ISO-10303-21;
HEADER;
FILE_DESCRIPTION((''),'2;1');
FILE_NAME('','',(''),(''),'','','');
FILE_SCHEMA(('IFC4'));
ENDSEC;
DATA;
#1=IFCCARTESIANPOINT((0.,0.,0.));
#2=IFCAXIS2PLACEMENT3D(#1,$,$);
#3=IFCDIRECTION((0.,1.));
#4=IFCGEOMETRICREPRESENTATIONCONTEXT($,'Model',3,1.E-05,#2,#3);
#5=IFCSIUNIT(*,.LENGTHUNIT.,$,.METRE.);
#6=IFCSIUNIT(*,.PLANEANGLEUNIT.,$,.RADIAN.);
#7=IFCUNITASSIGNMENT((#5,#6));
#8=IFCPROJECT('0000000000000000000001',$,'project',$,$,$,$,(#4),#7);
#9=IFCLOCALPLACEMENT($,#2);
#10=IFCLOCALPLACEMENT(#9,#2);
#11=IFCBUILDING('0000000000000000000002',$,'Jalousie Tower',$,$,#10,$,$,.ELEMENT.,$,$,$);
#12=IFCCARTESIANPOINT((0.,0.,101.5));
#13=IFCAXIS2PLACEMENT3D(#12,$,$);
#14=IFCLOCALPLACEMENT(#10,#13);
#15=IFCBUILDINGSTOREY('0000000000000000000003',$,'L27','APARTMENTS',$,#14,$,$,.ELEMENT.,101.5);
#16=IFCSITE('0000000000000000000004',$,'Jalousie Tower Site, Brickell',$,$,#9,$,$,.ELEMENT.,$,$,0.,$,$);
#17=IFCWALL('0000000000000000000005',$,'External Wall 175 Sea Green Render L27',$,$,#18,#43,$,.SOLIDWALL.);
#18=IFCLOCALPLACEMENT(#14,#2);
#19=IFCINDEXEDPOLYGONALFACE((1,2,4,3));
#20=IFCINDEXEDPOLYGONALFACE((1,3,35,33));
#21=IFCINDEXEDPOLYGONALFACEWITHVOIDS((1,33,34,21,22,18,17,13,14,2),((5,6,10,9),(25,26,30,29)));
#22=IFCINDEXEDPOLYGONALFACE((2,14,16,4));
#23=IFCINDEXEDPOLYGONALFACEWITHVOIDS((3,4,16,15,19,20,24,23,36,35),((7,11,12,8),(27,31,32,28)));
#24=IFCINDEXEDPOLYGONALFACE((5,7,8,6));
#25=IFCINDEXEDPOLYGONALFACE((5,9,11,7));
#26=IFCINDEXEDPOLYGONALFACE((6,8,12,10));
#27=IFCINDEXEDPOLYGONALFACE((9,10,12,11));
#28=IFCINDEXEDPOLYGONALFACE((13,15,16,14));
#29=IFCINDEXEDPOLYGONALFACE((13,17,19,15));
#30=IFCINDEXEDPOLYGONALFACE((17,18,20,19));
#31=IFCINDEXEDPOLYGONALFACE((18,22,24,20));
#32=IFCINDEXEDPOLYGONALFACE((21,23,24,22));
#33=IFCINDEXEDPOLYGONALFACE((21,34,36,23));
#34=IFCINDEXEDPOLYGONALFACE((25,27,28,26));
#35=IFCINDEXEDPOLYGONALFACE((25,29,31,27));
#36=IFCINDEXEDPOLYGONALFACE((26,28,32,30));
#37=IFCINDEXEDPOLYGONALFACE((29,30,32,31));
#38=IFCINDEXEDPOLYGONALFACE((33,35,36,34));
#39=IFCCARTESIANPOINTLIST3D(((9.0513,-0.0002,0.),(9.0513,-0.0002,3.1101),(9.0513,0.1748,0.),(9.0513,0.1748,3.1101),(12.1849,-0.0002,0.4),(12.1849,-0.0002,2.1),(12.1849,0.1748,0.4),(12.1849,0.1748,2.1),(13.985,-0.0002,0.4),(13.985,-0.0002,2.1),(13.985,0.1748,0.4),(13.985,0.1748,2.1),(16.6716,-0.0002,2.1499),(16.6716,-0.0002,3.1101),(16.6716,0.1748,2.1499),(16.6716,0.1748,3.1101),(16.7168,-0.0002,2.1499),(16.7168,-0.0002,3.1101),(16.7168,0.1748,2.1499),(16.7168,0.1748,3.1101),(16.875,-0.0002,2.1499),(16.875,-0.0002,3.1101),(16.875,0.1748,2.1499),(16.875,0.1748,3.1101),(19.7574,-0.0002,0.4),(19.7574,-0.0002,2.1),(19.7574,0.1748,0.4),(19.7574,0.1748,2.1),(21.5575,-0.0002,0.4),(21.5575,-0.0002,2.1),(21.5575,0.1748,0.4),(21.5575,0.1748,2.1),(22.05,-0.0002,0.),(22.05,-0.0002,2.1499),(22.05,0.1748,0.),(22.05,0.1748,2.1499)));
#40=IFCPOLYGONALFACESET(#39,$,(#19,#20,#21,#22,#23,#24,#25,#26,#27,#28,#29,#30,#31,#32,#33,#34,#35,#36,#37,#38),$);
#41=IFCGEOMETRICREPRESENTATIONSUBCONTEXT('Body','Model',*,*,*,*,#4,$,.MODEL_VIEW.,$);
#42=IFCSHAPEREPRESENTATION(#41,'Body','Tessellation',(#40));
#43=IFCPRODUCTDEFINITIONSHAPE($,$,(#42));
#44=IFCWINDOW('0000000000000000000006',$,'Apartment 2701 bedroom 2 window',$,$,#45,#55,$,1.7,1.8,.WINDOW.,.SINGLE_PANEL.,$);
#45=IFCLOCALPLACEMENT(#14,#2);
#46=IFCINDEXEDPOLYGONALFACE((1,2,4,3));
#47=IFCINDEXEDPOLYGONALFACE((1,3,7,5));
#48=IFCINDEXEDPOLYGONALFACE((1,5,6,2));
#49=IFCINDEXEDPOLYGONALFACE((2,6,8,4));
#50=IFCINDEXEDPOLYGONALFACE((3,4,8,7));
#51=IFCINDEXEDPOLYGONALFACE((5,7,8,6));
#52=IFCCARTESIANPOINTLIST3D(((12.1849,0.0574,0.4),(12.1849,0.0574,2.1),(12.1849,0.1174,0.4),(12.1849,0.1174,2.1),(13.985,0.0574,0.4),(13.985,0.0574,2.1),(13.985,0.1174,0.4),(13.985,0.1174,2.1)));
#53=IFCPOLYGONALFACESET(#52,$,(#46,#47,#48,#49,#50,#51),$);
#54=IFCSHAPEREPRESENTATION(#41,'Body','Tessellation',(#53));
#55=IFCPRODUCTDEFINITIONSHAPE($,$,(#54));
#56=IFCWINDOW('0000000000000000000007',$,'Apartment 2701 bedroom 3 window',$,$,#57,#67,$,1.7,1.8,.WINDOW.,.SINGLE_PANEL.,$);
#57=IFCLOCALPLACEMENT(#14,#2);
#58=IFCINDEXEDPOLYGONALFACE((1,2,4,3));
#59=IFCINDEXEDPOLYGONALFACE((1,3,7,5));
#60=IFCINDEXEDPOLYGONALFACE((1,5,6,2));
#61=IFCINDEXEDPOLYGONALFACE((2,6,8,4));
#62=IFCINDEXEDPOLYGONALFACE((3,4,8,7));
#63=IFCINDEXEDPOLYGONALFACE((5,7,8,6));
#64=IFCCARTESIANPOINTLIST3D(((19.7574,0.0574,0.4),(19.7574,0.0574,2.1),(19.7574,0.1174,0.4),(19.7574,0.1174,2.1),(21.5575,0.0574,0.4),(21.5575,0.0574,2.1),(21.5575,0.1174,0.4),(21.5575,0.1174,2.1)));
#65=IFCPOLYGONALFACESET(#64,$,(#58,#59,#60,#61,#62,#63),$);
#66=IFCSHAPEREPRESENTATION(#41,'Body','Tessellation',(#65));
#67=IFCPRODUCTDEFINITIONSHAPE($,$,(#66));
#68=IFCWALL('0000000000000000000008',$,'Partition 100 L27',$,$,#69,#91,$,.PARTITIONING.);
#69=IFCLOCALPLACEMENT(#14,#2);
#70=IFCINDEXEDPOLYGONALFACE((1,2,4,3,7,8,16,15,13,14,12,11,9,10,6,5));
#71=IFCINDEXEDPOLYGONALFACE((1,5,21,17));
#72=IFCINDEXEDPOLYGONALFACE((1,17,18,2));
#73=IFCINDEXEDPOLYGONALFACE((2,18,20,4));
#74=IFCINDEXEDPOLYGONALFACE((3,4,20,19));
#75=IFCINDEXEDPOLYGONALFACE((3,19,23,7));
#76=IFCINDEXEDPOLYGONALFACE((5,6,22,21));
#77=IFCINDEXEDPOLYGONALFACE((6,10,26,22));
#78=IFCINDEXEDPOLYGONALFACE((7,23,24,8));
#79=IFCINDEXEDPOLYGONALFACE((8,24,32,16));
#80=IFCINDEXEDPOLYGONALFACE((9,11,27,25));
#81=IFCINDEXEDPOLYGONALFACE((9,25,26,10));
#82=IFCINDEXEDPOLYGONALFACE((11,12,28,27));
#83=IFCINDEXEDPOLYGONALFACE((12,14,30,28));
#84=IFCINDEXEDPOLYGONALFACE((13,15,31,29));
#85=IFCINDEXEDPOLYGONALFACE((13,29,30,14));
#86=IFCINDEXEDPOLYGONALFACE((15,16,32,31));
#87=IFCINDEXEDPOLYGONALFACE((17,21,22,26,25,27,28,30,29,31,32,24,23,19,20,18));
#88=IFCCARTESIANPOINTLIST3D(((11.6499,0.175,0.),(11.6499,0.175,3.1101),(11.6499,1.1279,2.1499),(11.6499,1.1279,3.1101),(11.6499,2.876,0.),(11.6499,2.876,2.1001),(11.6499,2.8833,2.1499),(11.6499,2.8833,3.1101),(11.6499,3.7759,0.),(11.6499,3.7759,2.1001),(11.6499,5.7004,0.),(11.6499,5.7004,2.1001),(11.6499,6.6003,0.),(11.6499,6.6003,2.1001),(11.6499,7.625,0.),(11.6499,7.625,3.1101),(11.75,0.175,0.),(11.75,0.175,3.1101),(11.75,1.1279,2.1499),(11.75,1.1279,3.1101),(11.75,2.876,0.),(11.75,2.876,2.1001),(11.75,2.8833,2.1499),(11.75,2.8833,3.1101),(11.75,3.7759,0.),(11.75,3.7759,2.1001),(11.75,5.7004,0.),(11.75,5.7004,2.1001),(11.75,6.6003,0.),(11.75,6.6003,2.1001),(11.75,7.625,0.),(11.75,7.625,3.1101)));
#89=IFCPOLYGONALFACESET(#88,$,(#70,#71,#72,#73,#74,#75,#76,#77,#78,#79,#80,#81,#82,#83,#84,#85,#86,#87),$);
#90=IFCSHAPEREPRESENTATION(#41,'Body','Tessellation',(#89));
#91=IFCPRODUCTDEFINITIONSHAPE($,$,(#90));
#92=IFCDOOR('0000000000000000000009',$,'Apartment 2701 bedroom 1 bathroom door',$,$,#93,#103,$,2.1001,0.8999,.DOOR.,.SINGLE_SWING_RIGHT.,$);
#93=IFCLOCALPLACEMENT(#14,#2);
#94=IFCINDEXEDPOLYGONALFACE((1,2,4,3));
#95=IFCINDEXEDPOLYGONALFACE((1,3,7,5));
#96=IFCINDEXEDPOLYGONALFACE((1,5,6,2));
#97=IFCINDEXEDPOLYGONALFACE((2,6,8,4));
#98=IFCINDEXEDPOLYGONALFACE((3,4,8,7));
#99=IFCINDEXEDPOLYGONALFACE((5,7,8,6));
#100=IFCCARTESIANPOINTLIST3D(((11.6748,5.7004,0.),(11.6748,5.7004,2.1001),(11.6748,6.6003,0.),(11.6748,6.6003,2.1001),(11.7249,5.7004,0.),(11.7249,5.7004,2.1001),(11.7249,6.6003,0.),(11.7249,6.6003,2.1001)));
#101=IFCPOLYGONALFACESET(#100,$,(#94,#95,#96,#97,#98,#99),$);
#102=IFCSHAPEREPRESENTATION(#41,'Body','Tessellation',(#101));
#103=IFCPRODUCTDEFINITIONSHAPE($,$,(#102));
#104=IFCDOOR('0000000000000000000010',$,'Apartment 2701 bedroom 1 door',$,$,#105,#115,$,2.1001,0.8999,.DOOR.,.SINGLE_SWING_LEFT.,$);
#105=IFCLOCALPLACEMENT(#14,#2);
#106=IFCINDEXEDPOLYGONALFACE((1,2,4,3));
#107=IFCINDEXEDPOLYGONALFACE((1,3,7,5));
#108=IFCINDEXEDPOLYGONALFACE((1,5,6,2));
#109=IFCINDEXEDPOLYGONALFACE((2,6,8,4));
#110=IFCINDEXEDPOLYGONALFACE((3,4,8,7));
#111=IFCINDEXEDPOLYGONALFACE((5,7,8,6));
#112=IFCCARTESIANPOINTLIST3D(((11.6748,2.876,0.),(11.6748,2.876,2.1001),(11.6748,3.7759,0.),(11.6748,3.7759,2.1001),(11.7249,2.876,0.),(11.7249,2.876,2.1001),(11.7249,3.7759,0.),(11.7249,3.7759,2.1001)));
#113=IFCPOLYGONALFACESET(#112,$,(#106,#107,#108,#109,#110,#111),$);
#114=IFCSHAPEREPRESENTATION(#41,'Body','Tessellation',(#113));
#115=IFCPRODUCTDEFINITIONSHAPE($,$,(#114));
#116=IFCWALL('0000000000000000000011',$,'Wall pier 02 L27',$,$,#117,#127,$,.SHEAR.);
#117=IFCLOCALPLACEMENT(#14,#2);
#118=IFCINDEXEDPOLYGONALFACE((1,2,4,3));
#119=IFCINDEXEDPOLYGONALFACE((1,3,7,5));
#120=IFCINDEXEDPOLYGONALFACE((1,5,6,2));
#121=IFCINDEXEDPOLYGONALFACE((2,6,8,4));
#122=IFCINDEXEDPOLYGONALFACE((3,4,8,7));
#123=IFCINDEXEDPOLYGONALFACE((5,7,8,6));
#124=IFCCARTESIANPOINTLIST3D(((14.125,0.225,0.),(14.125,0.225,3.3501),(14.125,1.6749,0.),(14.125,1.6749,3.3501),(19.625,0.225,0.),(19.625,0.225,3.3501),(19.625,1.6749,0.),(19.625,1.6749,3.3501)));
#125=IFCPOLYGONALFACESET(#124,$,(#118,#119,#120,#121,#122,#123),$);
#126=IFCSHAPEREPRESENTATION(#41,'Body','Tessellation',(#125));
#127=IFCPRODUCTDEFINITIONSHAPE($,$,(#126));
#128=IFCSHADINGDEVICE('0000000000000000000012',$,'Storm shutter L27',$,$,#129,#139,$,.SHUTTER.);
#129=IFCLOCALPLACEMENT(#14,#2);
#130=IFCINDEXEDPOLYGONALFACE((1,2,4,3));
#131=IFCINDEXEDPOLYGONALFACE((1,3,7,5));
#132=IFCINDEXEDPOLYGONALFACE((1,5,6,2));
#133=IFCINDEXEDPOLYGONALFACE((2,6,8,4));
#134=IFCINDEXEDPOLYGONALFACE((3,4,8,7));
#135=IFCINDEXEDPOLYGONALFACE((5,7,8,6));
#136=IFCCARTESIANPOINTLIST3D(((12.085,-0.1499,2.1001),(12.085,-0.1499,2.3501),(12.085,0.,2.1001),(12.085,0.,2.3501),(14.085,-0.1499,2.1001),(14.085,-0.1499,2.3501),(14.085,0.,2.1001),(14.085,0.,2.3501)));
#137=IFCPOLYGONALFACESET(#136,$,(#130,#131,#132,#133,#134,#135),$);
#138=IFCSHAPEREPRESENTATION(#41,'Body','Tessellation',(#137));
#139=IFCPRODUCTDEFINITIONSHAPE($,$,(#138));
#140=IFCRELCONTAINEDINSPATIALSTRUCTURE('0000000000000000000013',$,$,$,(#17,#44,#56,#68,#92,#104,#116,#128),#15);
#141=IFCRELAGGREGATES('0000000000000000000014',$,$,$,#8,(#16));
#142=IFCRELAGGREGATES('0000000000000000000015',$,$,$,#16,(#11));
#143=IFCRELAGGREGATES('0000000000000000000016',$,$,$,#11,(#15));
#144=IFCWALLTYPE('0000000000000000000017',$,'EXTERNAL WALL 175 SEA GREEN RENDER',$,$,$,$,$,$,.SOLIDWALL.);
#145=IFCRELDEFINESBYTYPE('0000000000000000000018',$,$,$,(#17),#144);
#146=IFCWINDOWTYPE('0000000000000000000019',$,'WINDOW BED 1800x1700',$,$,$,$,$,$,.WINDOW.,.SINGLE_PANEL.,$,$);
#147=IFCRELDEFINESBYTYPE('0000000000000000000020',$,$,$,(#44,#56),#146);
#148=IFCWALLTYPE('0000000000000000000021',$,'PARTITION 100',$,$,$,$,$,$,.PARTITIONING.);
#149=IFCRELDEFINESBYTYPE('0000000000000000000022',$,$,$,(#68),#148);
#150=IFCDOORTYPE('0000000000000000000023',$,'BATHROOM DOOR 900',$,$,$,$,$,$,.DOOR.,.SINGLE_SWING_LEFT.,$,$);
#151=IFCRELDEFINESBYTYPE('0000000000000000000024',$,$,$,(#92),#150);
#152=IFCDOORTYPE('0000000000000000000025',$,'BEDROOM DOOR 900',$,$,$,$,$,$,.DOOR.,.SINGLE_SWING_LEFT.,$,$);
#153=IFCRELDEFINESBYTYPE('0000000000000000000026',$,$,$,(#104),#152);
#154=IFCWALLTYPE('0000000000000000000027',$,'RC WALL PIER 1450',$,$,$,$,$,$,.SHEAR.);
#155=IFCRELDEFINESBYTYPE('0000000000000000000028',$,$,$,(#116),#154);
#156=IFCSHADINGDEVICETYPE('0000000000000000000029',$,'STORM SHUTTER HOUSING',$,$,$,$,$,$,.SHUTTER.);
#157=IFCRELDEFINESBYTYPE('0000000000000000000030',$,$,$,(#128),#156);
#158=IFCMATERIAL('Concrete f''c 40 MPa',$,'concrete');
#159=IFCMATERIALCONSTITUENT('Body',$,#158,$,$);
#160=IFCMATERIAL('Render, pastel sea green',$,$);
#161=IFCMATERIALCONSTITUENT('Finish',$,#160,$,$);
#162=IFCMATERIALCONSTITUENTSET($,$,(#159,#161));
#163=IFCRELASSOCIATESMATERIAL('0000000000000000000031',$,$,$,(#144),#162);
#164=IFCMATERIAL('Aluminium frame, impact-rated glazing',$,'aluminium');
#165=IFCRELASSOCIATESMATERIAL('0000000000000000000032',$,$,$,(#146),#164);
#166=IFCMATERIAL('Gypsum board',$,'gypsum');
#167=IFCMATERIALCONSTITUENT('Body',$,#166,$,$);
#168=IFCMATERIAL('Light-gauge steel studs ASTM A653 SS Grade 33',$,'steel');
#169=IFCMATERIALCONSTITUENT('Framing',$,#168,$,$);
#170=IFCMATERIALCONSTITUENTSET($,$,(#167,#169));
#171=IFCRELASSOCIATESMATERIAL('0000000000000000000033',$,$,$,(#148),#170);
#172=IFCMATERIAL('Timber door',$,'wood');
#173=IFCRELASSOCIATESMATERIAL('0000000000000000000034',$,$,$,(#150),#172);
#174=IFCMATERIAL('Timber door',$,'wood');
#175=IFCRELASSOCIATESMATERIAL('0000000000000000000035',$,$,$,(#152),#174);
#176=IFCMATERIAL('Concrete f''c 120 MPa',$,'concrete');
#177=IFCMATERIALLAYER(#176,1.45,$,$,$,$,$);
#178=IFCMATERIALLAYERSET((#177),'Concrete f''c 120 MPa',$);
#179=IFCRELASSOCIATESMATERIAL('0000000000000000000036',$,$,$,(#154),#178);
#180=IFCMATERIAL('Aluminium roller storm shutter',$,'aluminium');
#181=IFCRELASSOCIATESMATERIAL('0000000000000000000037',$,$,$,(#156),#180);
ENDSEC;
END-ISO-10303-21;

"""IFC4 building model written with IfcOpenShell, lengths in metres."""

from ifc_helpers import new_model, si_unit, direction, frame, frame_2d, origin, origin_2d, place, context, subcontext, project, spatial, polyline, rectangle, outline, extrude, material, layer, layer_set, constituent, constituent_set, type_object, element, fill, save


model = new_model("IFC4")

# Units and contexts
model_context = context("Model", 3, precision=1e-05, world=origin(), true_north=direction((0.0, 1.0)))
body_context = subcontext(model_context, "Body", "Model", "MODEL_VIEW")
ifc_project = project(units=[si_unit("LENGTHUNIT", "METRE"), si_unit("PLANEANGLEUNIT", "RADIAN")], contexts=[model_context])

# Site, building, storey
site_placement = place(None, origin())
site = spatial("IfcSite", under=ifc_project, at=site_placement, Name="Jalousie Tower Site, Brickell", CompositionType="ELEMENT", RefElevation=0.0)
building_placement = place(site_placement, origin())
building = spatial("IfcBuilding", under=site, at=building_placement, Name="Jalousie Tower", CompositionType="ELEMENT")
storey_placement = place(building_placement, frame((0.0, 0.0, 101.5)))
storey = spatial("IfcBuildingStorey", under=building, at=storey_placement, Name="L27", Description="APARTMENTS", CompositionType="ELEMENT", Elevation=101.5)

# Wall, openings, windows
ifc_material_1 = material(Name="Concrete f'c 40 MPa", Category="concrete")
ifc_constituent_1 = constituent(ifc_material_1, Name="Body")
ifc_material_2 = material(Name="Render, pastel sea green")
ifc_constituent_2 = constituent(ifc_material_2, Name="Finish")
ifc_constituent_set_1 = constituent_set(constituents=[ifc_constituent_1, ifc_constituent_2])
wall_type_1 = type_object("IfcWallType", Name="EXTERNAL WALL 175 SEA GREEN RENDER", PredefinedType="SOLIDWALL", material=ifc_constituent_set_1)
wall_1_placement = place(storey_placement, frame((9.0513, 0.0874, 0.0), z_axis=(0.0, 0.0, 1.0), x_axis=(1.0, 0.0, 0.0)))
wall_1 = element("IfcWall", 1, at=wall_1_placement, inside=storey, type_object=wall_type_1, Name="External Wall 175 Sea Green Render L27", PredefinedType="SOLIDWALL", context=body_context, shape_type="SweptSolid", body=[
    extrude(outline(polyline([(0.0, 0.0), (12.9988, 0.0), (12.9988, 2.1499), (7.8237, 2.1499), (7.8237, 3.1101), (7.6655, 3.1101), (7.6655, 2.1499), (7.6204, 2.1499), (7.6204, 3.1101), (0.0, 3.1101), (0.0, 0.0)])), frame((0.0, 0.0874, 0.0), z_axis=(0.0, -1.0, 0.0), x_axis=(1.0, 0.0, 0.0)), (0.0, 0.0, 1.0), 0.175),
])
opening_1_placement = place(wall_1_placement, frame((3.1338, 0.0, 0.3999)))
opening_1 = element("IfcOpeningElement", 2, at=opening_1_placement, cuts=wall_1, PredefinedType="OPENING", context=body_context, shape_type="SweptSolid", body=[
    extrude(rectangle(XDim=1.8, YDim=1.7, at=frame_2d((0.8999, 0.8501))), frame((0.0, 0.0974, 0.0), z_axis=(0.0, -1.0, 0.0), x_axis=(1.0, 0.0, 0.0)), (0.0, 0.0, 1.0), 0.1951),
])
opening_2_placement = place(wall_1_placement, frame((10.7063, 0.0, 0.3999)))
opening_2 = element("IfcOpeningElement", 3, at=opening_2_placement, cuts=wall_1, PredefinedType="OPENING", context=body_context, shape_type="SweptSolid", body=[
    extrude(rectangle(XDim=1.8, YDim=1.7, at=frame_2d((0.8999, 0.8501))), frame((0.0, 0.0974, 0.0), z_axis=(0.0, -1.0, 0.0), x_axis=(1.0, 0.0, 0.0)), (0.0, 0.0, 1.0), 0.1951),
])
ifc_material_3 = material(Name="Aluminium frame, impact-rated glazing", Category="aluminium")
window_type = type_object("IfcWindowType", Name="WINDOW BED 1800x1700", PartitioningType="SINGLE_PANEL", PredefinedType="WINDOW", material=ifc_material_3)
window_1_placement = place(opening_1_placement, origin())
window_1 = element("IfcWindow", 4, at=window_1_placement, inside=storey, type_object=window_type, Name="Apartment 2701 bedroom 2 window", OverallHeight=1.7, OverallWidth=1.8, PartitioningType="SINGLE_PANEL", PredefinedType="WINDOW", context=body_context, shape_type="SweptSolid", body=[
    extrude(rectangle(XDim=1.8, YDim=1.7, at=frame_2d((0.8999, 0.8501))), frame((0.0, 0.03, 0.0), z_axis=(0.0, -1.0, 0.0), x_axis=(1.0, 0.0, 0.0)), (0.0, 0.0, 1.0), 0.0601),
])
fill(opening_1, window_1)
window_2_placement = place(opening_2_placement, origin())
window_2 = element("IfcWindow", 5, at=window_2_placement, inside=storey, type_object=window_type, Name="Apartment 2701 bedroom 3 window", OverallHeight=1.7, OverallWidth=1.8, PartitioningType="SINGLE_PANEL", PredefinedType="WINDOW", context=body_context, shape_type="SweptSolid", body=[
    extrude(rectangle(XDim=1.8, YDim=1.7, at=frame_2d((0.8999, 0.8501))), frame((0.0, 0.03, 0.0), z_axis=(0.0, -1.0, 0.0), x_axis=(1.0, 0.0, 0.0)), (0.0, 0.0, 1.0), 0.0601),
])
fill(opening_2, window_2)

# Wall, openings, doors
ifc_material_4 = material(Name="Gypsum board", Category="gypsum")
ifc_constituent_3 = constituent(ifc_material_4, Name="Body")
ifc_material_5 = material(Name="Light-gauge steel studs ASTM A653 SS Grade 33", Category="steel")
ifc_constituent_4 = constituent(ifc_material_5, Name="Framing")
ifc_constituent_set_2 = constituent_set(constituents=[ifc_constituent_3, ifc_constituent_4])
wall_type_2 = type_object("IfcWallType", Name="PARTITION 100", PredefinedType="PARTITIONING", material=ifc_constituent_set_2)
wall_2_placement = place(storey_placement, frame((11.7, 0.175, 0.0), z_axis=(0.0, 0.0, 1.0), x_axis=(0.0, 1.0, 0.0)))
wall_2 = element("IfcWall", 6, at=wall_2_placement, inside=storey, type_object=wall_type_2, Name="Partition 100 L27", PredefinedType="PARTITIONING", context=body_context, shape_type="SweptSolid", body=[
    extrude(outline(polyline([(0.0, 0.0), (7.45, 0.0), (7.45, 3.1101), (2.7083, 3.1101), (2.7083, 2.1499), (0.9529, 2.1499), (0.9529, 3.1101), (0.0, 3.1101), (0.0, 0.0)])), frame((0.0, 0.05, 0.0), z_axis=(0.0, -1.0, 0.0), x_axis=(1.0, 0.0, 0.0)), (0.0, 0.0, 1.0), 0.1001),
])
opening_3_placement = place(wall_2_placement, frame((2.7009, 0.0, 0.0)))
opening_3 = element("IfcOpeningElement", 7, at=opening_3_placement, cuts=wall_2, PredefinedType="OPENING", context=body_context, shape_type="SweptSolid", body=[
    extrude(rectangle(XDim=0.8999, YDim=2.1001, at=frame_2d((0.45, 1.05))), frame((0.0, 0.0601, 0.0), z_axis=(0.0, -1.0, 0.0), x_axis=(1.0, 0.0, 0.0)), (0.0, 0.0, 1.0), 0.1201),
])
opening_4_placement = place(wall_2_placement, frame((5.5254, 0.0, 0.0)))
opening_4 = element("IfcOpeningElement", 8, at=opening_4_placement, cuts=wall_2, PredefinedType="OPENING", context=body_context, shape_type="SweptSolid", body=[
    extrude(rectangle(XDim=0.8999, YDim=2.1001, at=frame_2d((0.45, 1.05))), frame((0.0, 0.0601, 0.0), z_axis=(0.0, -1.0, 0.0), x_axis=(1.0, 0.0, 0.0)), (0.0, 0.0, 1.0), 0.1201),
])
ifc_material_6 = material(Name="Timber door", Category="wood")
door_type_1 = type_object("IfcDoorType", Name="BATHROOM DOOR 900", OperationType="SINGLE_SWING_LEFT", PredefinedType="DOOR", material=ifc_material_6)
door_1_placement = place(opening_4_placement, frame((0.8999, 0.0, 0.0), z_axis=(0.0, 0.0, 1.0), x_axis=(-1.0, 0.0, 0.0)))
door_1 = element("IfcDoor", 9, at=door_1_placement, inside=storey, type_object=door_type_1, Name="Apartment 2701 bedroom 1 bathroom door", OperationType="SINGLE_SWING_RIGHT", OverallHeight=2.1001, OverallWidth=0.8999, PredefinedType="DOOR", context=body_context, shape_type="SweptSolid", body=[
    extrude(rectangle(XDim=0.8999, YDim=2.1001, at=frame_2d((0.45, 1.05))), frame((0.0, 0.0249, 0.0), z_axis=(0.0, -1.0, 0.0), x_axis=(1.0, 0.0, 0.0)), (0.0, 0.0, 1.0), 0.05),
])
fill(opening_4, door_1)
ifc_material_7 = material(Name="Timber door", Category="wood")
door_type_2 = type_object("IfcDoorType", Name="BEDROOM DOOR 900", OperationType="SINGLE_SWING_LEFT", PredefinedType="DOOR", material=ifc_material_7)
door_2_placement = place(opening_3_placement, frame((0.8999, 0.0, 0.0), z_axis=(0.0, 0.0, 1.0), x_axis=(-1.0, 0.0, 0.0)))
door_2 = element("IfcDoor", 10, at=door_2_placement, inside=storey, type_object=door_type_2, Name="Apartment 2701 bedroom 1 door", OperationType="SINGLE_SWING_LEFT", OverallHeight=2.1001, OverallWidth=0.8999, PredefinedType="DOOR", context=body_context, shape_type="SweptSolid", body=[
    extrude(rectangle(XDim=0.8999, YDim=2.1001, at=frame_2d((0.45, 1.05))), frame((0.0, 0.0249, 0.0), z_axis=(0.0, -1.0, 0.0), x_axis=(1.0, 0.0, 0.0)), (0.0, 0.0, 1.0), 0.05),
])
fill(opening_3, door_2)

# Wall
ifc_material_8 = material(Name="Concrete f'c 120 MPa", Category="concrete")
ifc_layer_1 = layer(ifc_material_8, 1.45)
ifc_layer_set_1 = layer_set([ifc_layer_1], Name="Concrete f'c 120 MPa")
wall_type_3 = type_object("IfcWallType", Name="RC WALL PIER 1450", PredefinedType="SHEAR", material=ifc_layer_set_1)
wall_3_placement = place(storey_placement, frame((14.125, 0.95, 0.0), z_axis=(0.0, 0.0, 1.0), x_axis=(1.0, 0.0, 0.0)))
element("IfcWall", 11, at=wall_3_placement, inside=storey, type_object=wall_type_3, Name="Wall pier 02 L27", PredefinedType="SHEAR", context=body_context, shape_type="SweptSolid", body=[
    extrude(rectangle(XDim=5.5, YDim=1.45, at=frame_2d((2.75, 0.0))), origin(), (0.0, 0.0, 1.0), 3.3501),
])

# Shading device
ifc_material_9 = material(Name="Aluminium roller storm shutter", Category="aluminium")
shading_device_type = type_object("IfcShadingDeviceType", Name="STORM SHUTTER HOUSING", PredefinedType="SHUTTER", material=ifc_material_9)
shading_device_placement = place(storey_placement, frame((13.085, -0.075, 2.1001), z_axis=(0.0, 0.0, 1.0), x_axis=(1.0, 0.0, 0.0)))
element("IfcShadingDevice", 12, at=shading_device_placement, inside=storey, type_object=shading_device_type, Name="Storm shutter L27", PredefinedType="SHUTTER", context=body_context, shape_type="SweptSolid", body=[
    extrude(rectangle(XDim=2.0, YDim=0.1499, at=origin_2d()), origin(), (0.0, 0.0, 1.0), 0.25),
])

save(model, "model.ifc")
